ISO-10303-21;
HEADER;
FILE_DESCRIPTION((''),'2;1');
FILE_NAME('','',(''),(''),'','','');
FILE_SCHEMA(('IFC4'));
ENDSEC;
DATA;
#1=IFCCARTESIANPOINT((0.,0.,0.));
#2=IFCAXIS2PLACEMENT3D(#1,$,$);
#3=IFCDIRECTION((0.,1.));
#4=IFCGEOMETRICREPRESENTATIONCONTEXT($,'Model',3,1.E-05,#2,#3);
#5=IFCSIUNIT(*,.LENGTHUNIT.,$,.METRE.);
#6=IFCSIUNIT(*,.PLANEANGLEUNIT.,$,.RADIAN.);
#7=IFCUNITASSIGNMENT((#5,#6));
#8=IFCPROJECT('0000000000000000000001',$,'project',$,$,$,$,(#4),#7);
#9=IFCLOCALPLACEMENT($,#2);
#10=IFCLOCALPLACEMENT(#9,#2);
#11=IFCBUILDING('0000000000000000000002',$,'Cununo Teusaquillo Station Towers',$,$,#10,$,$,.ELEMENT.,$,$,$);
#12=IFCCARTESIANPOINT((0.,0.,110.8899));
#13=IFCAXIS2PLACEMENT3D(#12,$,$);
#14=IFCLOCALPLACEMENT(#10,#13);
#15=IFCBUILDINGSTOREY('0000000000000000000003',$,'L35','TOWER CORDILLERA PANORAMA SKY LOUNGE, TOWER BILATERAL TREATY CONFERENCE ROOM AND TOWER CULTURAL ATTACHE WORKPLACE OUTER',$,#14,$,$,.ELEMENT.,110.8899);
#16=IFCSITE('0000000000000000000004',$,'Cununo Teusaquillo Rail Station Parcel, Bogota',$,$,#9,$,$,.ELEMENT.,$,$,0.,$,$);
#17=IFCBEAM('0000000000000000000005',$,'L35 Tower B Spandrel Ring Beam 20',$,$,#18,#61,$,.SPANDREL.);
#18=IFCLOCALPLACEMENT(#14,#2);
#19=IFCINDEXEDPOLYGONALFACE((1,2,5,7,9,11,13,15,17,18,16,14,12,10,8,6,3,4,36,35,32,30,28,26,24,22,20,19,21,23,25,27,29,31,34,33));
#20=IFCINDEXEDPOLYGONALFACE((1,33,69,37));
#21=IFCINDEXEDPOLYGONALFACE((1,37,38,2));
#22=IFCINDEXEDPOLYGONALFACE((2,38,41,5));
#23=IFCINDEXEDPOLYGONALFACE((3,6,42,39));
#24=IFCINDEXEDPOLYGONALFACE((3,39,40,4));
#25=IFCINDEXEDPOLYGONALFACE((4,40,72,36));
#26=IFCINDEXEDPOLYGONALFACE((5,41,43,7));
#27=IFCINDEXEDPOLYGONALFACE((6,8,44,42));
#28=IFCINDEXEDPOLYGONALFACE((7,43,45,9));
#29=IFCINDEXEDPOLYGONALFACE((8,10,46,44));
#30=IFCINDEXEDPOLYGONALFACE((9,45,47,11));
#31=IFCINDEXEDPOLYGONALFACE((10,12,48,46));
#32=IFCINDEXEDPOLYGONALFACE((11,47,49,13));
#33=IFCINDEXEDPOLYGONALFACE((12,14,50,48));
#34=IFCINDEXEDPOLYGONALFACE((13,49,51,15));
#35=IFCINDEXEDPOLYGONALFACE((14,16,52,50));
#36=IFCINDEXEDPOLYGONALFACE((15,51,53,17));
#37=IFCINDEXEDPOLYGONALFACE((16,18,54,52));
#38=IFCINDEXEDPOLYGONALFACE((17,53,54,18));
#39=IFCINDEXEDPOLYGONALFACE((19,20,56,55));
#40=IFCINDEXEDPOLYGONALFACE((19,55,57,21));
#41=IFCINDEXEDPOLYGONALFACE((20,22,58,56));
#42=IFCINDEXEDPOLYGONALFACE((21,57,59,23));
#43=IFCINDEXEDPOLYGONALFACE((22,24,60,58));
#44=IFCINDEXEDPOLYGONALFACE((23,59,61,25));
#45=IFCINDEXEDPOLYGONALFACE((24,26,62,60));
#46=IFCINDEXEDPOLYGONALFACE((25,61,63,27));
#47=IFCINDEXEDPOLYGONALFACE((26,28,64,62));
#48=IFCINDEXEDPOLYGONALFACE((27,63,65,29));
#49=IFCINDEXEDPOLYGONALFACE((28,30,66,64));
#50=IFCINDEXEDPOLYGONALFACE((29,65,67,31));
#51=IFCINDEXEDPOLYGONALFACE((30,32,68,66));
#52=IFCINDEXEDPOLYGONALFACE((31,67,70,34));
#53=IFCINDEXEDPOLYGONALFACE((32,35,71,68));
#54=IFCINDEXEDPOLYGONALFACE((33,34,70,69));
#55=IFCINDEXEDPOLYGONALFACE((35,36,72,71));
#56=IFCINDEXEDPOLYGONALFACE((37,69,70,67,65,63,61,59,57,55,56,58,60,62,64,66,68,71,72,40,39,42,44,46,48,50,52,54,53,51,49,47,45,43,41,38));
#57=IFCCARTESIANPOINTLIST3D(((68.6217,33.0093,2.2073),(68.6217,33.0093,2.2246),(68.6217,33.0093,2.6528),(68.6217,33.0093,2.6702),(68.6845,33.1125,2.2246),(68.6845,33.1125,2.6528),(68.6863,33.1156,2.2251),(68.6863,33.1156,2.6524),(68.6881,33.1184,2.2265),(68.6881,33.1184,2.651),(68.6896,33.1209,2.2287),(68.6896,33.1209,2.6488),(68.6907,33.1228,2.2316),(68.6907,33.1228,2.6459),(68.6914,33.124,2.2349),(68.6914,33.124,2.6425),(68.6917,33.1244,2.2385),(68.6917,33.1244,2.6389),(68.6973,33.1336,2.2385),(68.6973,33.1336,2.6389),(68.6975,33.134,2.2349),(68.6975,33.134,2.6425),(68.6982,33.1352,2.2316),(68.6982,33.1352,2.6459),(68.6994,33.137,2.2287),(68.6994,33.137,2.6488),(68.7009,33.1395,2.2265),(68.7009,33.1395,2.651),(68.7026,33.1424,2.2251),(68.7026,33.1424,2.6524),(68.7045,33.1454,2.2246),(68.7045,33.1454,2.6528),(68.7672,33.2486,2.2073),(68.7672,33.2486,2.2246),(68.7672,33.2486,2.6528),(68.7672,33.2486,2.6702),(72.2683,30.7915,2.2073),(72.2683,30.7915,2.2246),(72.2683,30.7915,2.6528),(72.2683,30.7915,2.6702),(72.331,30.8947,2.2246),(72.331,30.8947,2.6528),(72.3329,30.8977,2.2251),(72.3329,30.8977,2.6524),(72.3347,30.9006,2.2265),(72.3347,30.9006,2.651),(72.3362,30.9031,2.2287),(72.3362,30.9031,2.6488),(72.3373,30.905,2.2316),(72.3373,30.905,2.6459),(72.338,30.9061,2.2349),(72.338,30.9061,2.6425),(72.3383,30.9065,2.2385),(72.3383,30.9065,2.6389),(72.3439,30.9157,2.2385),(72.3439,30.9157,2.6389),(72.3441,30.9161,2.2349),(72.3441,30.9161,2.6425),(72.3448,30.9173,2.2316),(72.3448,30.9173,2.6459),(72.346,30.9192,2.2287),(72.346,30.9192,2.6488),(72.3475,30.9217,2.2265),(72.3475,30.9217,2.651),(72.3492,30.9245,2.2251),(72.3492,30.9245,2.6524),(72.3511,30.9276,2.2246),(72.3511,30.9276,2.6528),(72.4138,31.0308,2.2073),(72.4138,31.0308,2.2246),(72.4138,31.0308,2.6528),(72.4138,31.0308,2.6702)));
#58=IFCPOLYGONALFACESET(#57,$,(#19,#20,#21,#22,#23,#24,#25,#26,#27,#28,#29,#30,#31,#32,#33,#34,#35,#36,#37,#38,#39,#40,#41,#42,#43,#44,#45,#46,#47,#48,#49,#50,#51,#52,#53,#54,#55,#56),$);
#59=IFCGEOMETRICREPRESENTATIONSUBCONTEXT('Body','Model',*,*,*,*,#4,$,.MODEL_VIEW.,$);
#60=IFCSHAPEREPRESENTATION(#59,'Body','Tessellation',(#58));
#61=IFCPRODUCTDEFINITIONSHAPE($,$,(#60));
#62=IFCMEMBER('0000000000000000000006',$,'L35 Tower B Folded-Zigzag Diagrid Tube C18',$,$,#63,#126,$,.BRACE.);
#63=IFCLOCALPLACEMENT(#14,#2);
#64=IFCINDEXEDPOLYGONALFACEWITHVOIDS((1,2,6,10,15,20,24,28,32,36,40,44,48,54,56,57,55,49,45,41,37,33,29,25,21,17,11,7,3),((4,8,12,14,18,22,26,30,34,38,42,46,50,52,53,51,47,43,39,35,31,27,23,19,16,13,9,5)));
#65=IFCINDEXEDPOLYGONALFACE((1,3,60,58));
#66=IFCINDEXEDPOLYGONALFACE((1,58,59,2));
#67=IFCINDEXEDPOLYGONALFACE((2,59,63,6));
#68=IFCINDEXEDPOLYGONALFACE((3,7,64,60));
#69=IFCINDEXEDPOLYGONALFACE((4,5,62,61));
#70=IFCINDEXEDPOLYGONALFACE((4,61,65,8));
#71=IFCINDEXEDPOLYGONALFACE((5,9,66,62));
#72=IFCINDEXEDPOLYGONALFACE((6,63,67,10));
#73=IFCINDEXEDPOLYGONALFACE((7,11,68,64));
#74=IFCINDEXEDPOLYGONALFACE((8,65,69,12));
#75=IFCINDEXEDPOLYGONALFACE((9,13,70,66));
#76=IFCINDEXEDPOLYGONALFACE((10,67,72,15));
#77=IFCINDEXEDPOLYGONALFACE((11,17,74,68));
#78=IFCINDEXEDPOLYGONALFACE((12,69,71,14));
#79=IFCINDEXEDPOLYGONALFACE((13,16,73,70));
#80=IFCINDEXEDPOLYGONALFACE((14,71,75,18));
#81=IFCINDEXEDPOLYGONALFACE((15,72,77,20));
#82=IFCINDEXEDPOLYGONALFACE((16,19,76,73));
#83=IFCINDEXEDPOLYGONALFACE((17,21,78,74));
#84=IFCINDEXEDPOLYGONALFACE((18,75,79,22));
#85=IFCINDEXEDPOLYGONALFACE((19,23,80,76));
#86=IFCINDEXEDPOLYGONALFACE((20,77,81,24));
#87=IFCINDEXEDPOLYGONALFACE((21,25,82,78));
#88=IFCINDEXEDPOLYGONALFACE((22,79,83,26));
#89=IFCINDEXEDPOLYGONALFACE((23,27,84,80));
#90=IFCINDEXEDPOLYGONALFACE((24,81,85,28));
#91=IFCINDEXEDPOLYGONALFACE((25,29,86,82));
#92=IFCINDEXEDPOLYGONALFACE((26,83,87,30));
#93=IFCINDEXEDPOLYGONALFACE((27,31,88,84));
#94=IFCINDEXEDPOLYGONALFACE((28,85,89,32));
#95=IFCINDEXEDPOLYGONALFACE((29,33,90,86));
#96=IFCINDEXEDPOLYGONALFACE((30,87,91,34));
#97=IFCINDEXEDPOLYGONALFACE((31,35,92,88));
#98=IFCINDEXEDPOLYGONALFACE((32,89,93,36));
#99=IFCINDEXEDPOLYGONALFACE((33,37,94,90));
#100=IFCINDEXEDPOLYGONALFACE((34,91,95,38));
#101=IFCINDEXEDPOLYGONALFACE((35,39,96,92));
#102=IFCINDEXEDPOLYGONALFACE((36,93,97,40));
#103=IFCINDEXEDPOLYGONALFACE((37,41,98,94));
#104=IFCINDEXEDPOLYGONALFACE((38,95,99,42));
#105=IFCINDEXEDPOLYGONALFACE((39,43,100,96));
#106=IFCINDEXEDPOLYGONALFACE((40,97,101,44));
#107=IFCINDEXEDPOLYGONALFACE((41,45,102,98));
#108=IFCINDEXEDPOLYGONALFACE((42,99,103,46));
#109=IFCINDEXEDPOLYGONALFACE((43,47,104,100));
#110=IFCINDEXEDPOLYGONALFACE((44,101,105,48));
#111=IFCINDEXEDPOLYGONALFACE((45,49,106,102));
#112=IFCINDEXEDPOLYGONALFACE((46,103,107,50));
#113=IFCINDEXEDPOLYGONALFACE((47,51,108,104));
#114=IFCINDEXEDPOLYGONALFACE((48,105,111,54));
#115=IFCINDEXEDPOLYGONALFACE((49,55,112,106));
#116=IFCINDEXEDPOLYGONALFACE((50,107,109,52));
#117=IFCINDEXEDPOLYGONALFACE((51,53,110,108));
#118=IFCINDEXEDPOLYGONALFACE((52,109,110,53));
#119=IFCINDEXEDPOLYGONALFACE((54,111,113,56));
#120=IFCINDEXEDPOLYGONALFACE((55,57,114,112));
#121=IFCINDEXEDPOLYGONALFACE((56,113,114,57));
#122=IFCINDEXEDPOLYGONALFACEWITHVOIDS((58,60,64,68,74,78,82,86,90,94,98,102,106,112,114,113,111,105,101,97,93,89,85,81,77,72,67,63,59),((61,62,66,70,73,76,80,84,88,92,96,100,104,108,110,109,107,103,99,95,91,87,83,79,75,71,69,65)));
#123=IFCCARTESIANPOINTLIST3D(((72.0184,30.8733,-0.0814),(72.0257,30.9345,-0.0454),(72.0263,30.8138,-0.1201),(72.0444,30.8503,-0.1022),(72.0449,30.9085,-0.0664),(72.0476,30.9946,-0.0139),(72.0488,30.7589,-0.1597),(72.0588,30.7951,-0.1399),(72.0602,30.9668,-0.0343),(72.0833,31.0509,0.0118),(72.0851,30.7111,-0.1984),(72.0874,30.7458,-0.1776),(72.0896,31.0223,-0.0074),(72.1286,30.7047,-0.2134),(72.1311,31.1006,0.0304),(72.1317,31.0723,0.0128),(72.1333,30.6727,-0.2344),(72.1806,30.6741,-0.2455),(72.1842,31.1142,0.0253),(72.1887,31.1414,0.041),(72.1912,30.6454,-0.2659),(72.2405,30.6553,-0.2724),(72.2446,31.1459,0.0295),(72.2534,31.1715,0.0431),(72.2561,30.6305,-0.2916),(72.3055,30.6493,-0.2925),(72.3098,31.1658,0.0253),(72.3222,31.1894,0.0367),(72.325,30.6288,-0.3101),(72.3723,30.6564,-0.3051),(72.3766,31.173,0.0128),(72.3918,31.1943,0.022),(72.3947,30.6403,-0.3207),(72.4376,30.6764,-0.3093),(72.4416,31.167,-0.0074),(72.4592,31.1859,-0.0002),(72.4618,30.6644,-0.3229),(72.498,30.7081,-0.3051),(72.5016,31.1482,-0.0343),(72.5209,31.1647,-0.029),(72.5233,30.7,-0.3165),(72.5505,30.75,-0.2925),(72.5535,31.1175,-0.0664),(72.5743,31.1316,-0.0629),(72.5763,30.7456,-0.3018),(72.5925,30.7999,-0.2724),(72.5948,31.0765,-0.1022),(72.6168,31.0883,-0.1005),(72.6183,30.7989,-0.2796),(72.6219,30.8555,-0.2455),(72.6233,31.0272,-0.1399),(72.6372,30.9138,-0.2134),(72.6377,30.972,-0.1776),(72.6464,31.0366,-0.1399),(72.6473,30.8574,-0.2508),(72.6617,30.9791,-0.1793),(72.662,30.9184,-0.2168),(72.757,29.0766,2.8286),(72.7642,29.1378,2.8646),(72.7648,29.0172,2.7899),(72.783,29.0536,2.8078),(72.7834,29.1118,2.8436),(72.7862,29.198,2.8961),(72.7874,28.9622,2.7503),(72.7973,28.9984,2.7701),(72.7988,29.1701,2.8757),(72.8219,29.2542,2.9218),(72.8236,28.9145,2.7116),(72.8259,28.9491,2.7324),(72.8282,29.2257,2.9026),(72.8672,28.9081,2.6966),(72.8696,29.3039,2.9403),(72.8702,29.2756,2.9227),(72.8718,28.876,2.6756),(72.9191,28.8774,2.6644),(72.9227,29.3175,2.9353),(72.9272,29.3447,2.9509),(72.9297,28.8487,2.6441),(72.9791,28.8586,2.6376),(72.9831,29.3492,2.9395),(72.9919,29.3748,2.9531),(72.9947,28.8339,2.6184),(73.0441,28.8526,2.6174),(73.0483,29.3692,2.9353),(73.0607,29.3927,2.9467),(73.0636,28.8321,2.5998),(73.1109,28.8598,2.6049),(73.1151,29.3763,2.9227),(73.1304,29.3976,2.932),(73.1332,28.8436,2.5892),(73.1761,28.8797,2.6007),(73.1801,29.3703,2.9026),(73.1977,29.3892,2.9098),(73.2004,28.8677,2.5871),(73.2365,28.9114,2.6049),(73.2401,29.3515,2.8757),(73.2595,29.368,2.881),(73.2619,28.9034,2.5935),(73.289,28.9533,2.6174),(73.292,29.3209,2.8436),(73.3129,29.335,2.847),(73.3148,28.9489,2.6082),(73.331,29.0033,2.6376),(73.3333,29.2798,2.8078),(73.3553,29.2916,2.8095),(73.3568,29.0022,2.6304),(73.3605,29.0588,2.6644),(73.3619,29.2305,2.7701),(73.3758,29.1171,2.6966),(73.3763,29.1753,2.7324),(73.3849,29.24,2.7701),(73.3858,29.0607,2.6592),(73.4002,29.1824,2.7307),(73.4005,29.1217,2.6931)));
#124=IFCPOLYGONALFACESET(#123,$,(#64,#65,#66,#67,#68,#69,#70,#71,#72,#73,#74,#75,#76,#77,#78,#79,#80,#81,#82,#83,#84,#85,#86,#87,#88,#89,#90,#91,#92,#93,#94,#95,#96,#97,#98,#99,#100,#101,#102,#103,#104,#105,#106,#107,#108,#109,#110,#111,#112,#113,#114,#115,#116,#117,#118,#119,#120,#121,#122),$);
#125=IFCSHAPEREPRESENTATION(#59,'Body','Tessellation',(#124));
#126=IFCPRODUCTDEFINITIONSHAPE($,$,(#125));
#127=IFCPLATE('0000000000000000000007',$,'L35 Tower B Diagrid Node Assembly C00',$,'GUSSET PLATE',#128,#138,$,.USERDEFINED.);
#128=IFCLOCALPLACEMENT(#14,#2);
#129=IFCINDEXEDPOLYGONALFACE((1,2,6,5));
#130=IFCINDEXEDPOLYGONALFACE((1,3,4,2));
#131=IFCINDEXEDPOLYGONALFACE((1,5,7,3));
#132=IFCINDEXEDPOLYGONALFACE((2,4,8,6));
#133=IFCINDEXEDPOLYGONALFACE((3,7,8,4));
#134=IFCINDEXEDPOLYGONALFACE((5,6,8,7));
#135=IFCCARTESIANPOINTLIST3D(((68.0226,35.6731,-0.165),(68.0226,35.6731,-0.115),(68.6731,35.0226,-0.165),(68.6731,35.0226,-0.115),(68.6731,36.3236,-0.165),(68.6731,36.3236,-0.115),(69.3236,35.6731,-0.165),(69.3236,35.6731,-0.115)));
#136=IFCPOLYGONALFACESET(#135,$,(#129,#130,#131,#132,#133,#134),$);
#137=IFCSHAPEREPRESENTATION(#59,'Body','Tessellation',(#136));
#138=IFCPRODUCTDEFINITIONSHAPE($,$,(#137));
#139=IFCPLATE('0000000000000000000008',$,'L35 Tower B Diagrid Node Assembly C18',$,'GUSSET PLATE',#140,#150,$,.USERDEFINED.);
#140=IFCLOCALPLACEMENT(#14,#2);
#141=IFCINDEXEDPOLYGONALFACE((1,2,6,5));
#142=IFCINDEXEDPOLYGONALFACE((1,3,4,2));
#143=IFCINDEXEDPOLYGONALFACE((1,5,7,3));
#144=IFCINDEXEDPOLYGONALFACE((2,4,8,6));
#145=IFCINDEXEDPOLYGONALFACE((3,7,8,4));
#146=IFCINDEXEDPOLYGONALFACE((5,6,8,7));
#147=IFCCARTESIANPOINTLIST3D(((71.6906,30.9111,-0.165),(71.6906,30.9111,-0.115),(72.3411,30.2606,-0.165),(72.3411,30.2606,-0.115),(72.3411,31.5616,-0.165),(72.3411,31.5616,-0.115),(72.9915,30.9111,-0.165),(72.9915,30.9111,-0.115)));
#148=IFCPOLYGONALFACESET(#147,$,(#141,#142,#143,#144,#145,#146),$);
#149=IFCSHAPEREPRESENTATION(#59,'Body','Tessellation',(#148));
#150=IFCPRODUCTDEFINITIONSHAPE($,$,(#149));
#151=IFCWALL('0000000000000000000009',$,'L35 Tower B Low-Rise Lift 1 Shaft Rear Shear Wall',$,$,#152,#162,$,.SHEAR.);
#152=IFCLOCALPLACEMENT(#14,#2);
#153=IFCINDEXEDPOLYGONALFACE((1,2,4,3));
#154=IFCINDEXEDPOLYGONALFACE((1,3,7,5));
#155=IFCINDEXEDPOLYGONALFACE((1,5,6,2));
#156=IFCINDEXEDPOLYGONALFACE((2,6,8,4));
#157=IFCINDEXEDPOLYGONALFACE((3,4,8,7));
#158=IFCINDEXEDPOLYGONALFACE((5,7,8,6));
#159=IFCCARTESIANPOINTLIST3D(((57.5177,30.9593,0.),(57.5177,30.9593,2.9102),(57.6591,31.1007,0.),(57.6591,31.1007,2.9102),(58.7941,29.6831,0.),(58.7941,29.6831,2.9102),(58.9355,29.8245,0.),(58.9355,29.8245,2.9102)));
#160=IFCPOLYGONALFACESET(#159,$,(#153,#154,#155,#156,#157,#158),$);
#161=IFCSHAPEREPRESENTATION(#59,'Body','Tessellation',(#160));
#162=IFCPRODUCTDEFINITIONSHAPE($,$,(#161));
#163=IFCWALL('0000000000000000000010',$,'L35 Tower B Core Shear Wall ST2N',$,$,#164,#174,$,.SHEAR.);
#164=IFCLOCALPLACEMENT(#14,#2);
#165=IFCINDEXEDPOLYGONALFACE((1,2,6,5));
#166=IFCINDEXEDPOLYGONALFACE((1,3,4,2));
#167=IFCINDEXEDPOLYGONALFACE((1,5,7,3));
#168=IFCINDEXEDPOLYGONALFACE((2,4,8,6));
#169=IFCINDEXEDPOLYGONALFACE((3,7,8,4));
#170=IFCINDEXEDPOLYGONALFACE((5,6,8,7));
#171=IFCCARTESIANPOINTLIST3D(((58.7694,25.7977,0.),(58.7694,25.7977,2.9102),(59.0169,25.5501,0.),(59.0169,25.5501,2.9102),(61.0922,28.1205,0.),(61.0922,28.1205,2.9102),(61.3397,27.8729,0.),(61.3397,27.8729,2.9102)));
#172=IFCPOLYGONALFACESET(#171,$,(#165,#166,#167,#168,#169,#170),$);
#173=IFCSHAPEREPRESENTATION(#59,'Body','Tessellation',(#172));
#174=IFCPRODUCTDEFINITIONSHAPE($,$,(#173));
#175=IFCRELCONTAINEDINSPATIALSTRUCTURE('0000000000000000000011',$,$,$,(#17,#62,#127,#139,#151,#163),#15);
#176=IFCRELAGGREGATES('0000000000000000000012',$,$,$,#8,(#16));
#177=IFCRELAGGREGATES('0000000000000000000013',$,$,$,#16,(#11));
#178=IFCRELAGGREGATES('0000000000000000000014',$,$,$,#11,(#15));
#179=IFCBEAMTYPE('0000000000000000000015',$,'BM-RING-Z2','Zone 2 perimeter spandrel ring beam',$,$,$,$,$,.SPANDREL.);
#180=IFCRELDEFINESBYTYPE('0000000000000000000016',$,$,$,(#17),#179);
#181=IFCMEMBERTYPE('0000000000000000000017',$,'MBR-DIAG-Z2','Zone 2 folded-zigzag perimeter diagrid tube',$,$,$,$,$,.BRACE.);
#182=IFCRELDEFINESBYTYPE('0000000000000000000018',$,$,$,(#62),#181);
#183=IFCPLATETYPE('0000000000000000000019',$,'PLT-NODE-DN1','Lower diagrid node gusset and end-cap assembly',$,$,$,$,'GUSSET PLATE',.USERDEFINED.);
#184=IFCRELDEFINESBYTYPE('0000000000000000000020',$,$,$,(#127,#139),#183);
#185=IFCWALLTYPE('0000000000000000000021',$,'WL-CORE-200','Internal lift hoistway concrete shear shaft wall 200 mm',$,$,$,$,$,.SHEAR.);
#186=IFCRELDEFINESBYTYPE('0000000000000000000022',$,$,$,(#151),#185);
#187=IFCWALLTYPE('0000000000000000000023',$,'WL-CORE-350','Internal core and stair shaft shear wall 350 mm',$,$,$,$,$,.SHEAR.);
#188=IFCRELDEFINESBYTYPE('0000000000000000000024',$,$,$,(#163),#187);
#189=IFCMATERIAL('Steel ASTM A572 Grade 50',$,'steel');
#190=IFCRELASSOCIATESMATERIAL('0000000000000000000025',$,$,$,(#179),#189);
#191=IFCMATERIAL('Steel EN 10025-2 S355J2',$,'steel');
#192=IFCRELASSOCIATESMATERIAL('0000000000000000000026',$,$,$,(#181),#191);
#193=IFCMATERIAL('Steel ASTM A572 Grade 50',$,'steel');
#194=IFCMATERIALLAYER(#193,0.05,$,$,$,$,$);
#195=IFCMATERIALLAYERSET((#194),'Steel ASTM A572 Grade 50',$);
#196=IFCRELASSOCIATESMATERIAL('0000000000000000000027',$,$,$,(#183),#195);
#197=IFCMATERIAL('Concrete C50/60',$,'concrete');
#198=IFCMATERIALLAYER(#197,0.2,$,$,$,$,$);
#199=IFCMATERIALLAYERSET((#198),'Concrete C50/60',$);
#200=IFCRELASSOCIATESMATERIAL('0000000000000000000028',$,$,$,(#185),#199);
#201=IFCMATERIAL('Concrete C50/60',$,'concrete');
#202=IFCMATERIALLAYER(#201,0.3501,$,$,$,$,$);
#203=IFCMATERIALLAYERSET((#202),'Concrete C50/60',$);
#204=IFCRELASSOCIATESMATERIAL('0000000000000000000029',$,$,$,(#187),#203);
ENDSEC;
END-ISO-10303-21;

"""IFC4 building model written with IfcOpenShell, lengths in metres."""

from ifc_helpers import new_model, si_unit, direction, frame, frame_2d, origin, origin_2d, place, context, subcontext, project, spatial, rectangle, hollow_circle, i_section, extrude, source, transform, mapped, material, layer, layer_set, material_profile, profile_set, type_object, element, save


model = new_model("IFC4")

# Units and contexts
model_context = context("Model", 3, precision=1e-05, world=origin(), true_north=direction((0.0, 1.0)))
body_context = subcontext(model_context, "Body", "Model", "MODEL_VIEW")
ifc_project = project(units=[si_unit("LENGTHUNIT", "METRE"), si_unit("PLANEANGLEUNIT", "RADIAN")], contexts=[model_context])

# Site, building, storey
site_placement = place(None, origin())
site = spatial("IfcSite", under=ifc_project, at=site_placement, Name="Cununo Teusaquillo Rail Station Parcel, Bogota", CompositionType="ELEMENT", RefElevation=0.0)
building_placement = place(site_placement, origin())
building = spatial("IfcBuilding", under=site, at=building_placement, Name="Cununo Teusaquillo Station Towers", CompositionType="ELEMENT")
storey_placement = place(building_placement, frame((0.0, 0.0, 110.8899)))
storey = spatial("IfcBuildingStorey", under=building, at=storey_placement, Name="L35", Description="TOWER CORDILLERA PANORAMA SKY LOUNGE, TOWER BILATERAL TREATY CONFERENCE ROOM AND TOWER CULTURAL ATTACHE WORKPLACE OUTER", CompositionType="ELEMENT", Elevation=110.8899)

# Beam
ifc_material_1 = material(Name="Steel ASTM A572 Grade 50", Category="steel")
ifc_material_profile_1 = material_profile(ifc_material_1, i_section(OverallWidth=0.28, OverallDepth=0.4629, WebThickness=0.0107, FlangeThickness=0.0173, FilletRadius=0.0139, at=origin_2d()), Name="W18X76")
ifc_profile_set_1 = profile_set([ifc_material_profile_1], Name="Steel ASTM A572 Grade 50")
beam_type_1 = type_object("IfcBeamType", Name="BM-RING-Z2", Description="Zone 2 perimeter spandrel ring beam", PredefinedType="SPANDREL", material=ifc_profile_set_1)
beam_1_placement = place(storey_placement, frame((72.3411, 30.9111, 2.4387), z_axis=(-0.854388, 0.519635, 0.0), x_axis=(-0.519635, -0.854388, 0.0)))
element("IfcBeam", 1, at=beam_1_placement, inside=storey, type_object=beam_type_1, Name="L35 Tower B Spandrel Ring Beam 20", PredefinedType="SPANDREL", context=body_context, shape_type="SweptSolid", body=[
    extrude(i_section(OverallWidth=0.28, OverallDepth=0.4629, WebThickness=0.0107, FlangeThickness=0.0173, FilletRadius=0.0139, at=origin_2d()), origin(), (0.0, 0.0, 1.0), 4.2681),
])

# Member
ifc_material_2 = material(Name="Steel EN 10025-2 S355J2", Category="steel")
ifc_material_profile_2 = material_profile(ifc_material_2, hollow_circle(Radius=0.3301, WallThickness=0.0249, at=origin_2d()), Name="CHS 660x25")
ifc_profile_set_2 = profile_set([ifc_material_profile_2], Name="Steel EN 10025-2 S355J2")
member_type = type_object("IfcMemberType", Name="MBR-DIAG-Z2", Description="Zone 2 folded-zigzag perimeter diagrid tube", PredefinedType="BRACE", material=ifc_profile_set_2)
member_placement = place(storey_placement, frame((72.3411, 30.9111, -0.1399), z_axis=(0.211086, -0.513514, 0.831713), x_axis=(0.924907, 0.380193, 0.0)))
element("IfcMember", 2, at=member_placement, inside=storey, type_object=member_type, Name="L35 Tower B Folded-Zigzag Diagrid Tube C18", PredefinedType="BRACE", context=body_context, shape_type="SweptSolid", body=[
    extrude(hollow_circle(Radius=0.3301, WallThickness=0.0249, at=origin_2d()), origin(), (0.0, 0.0, 1.0), 3.4988),
])

# Plates
ifc_material_3 = material(Name="Steel ASTM A572 Grade 50", Category="steel")
ifc_layer_1 = layer(ifc_material_3, 0.05)
ifc_layer_set_1 = layer_set([ifc_layer_1], Name="Steel ASTM A572 Grade 50")
plate_type = type_object("IfcPlateType", Name="PLT-NODE-DN1", Description="Lower diagrid node gusset and end-cap assembly", ElementType="GUSSET PLATE", PredefinedType="USERDEFINED", material=ifc_layer_set_1)
shared_shape_1 = source(origin(), body_context, "Body", "SweptSolid", [
    extrude(rectangle(XDim=0.9199, YDim=0.9199, at=origin_2d()), origin(), (0.0, 0.0, 1.0), 0.05),
])
for number, where, z_axis, x_axis, name in (
    (3, (68.6731, 35.6731, -0.165), (0.0, 0.0, 1.0), (0.707107, 0.707107, 0.0), "L35 Tower B Diagrid Node Assembly C00"),
    (4, (72.3411, 30.9111, -0.165), (0.0, 0.0, 1.0), (0.707107, 0.707107, 0.0), "L35 Tower B Diagrid Node Assembly C18"),
):
    element("IfcPlate", number, at=place(storey_placement, frame(where, z_axis=z_axis, x_axis=x_axis)), inside=storey, type_object=plate_type, Name=name, ObjectType="GUSSET PLATE", PredefinedType="USERDEFINED", context=body_context, shape_type="MappedRepresentation", body=[
        mapped(shared_shape_1, transform((0.0, 0.0, 0.0), x_axis=(1.0, 0.0, 0.0), y_axis=(0.0, 1.0, 0.0), z_axis=(0.0, 0.0, 1.0), scale=1.0)),
    ])

# Walls
ifc_material_4 = material(Name="Concrete C50/60", Category="concrete")
ifc_layer_2 = layer(ifc_material_4, 0.2)
ifc_layer_set_2 = layer_set([ifc_layer_2], Name="Concrete C50/60")
wall_type_1 = type_object("IfcWallType", Name="WL-CORE-200", Description="Internal lift hoistway concrete shear shaft wall 200 mm", PredefinedType="SHEAR", material=ifc_layer_set_2)
wall_1_placement = place(storey_placement, frame((58.8647, 29.7539, 0.0), z_axis=(0.0, 0.0, 1.0), x_axis=(-0.707174, 0.707039, 0.0)))
element("IfcWall", 5, at=wall_1_placement, inside=storey, type_object=wall_type_1, Name="L35 Tower B Low-Rise Lift 1 Shaft Rear Shear Wall", PredefinedType="SHEAR", context=body_context, shape_type="SweptSolid", body=[
    extrude(rectangle(XDim=1.8049, YDim=0.2, at=frame_2d((0.9023, 0.0))), origin(), (0.0, 0.0, 1.0), 2.9102),
])
ifc_material_5 = material(Name="Concrete C50/60", Category="concrete")
ifc_layer_3 = layer(ifc_material_5, 0.3501)
ifc_layer_set_3 = layer_set([ifc_layer_3], Name="Concrete C50/60")
wall_type_2 = type_object("IfcWallType", Name="WL-CORE-350", Description="Internal core and stair shaft shear wall 350 mm", PredefinedType="SHEAR", material=ifc_layer_set_3)
wall_2_placement = place(storey_placement, frame((58.8931, 25.6738, 0.0), z_axis=(0.0, 0.0, 1.0), x_axis=(0.707107, 0.707107, 0.0)))
element("IfcWall", 6, at=wall_2_placement, inside=storey, type_object=wall_type_2, Name="L35 Tower B Core Shear Wall ST2N", PredefinedType="SHEAR", context=body_context, shape_type="SweptSolid", body=[
    extrude(rectangle(XDim=3.2849, YDim=0.3501, at=frame_2d((1.6426, 0.0))), origin(), (0.0, 0.0, 1.0), 2.9102),
])

save(model, "model.ifc")
